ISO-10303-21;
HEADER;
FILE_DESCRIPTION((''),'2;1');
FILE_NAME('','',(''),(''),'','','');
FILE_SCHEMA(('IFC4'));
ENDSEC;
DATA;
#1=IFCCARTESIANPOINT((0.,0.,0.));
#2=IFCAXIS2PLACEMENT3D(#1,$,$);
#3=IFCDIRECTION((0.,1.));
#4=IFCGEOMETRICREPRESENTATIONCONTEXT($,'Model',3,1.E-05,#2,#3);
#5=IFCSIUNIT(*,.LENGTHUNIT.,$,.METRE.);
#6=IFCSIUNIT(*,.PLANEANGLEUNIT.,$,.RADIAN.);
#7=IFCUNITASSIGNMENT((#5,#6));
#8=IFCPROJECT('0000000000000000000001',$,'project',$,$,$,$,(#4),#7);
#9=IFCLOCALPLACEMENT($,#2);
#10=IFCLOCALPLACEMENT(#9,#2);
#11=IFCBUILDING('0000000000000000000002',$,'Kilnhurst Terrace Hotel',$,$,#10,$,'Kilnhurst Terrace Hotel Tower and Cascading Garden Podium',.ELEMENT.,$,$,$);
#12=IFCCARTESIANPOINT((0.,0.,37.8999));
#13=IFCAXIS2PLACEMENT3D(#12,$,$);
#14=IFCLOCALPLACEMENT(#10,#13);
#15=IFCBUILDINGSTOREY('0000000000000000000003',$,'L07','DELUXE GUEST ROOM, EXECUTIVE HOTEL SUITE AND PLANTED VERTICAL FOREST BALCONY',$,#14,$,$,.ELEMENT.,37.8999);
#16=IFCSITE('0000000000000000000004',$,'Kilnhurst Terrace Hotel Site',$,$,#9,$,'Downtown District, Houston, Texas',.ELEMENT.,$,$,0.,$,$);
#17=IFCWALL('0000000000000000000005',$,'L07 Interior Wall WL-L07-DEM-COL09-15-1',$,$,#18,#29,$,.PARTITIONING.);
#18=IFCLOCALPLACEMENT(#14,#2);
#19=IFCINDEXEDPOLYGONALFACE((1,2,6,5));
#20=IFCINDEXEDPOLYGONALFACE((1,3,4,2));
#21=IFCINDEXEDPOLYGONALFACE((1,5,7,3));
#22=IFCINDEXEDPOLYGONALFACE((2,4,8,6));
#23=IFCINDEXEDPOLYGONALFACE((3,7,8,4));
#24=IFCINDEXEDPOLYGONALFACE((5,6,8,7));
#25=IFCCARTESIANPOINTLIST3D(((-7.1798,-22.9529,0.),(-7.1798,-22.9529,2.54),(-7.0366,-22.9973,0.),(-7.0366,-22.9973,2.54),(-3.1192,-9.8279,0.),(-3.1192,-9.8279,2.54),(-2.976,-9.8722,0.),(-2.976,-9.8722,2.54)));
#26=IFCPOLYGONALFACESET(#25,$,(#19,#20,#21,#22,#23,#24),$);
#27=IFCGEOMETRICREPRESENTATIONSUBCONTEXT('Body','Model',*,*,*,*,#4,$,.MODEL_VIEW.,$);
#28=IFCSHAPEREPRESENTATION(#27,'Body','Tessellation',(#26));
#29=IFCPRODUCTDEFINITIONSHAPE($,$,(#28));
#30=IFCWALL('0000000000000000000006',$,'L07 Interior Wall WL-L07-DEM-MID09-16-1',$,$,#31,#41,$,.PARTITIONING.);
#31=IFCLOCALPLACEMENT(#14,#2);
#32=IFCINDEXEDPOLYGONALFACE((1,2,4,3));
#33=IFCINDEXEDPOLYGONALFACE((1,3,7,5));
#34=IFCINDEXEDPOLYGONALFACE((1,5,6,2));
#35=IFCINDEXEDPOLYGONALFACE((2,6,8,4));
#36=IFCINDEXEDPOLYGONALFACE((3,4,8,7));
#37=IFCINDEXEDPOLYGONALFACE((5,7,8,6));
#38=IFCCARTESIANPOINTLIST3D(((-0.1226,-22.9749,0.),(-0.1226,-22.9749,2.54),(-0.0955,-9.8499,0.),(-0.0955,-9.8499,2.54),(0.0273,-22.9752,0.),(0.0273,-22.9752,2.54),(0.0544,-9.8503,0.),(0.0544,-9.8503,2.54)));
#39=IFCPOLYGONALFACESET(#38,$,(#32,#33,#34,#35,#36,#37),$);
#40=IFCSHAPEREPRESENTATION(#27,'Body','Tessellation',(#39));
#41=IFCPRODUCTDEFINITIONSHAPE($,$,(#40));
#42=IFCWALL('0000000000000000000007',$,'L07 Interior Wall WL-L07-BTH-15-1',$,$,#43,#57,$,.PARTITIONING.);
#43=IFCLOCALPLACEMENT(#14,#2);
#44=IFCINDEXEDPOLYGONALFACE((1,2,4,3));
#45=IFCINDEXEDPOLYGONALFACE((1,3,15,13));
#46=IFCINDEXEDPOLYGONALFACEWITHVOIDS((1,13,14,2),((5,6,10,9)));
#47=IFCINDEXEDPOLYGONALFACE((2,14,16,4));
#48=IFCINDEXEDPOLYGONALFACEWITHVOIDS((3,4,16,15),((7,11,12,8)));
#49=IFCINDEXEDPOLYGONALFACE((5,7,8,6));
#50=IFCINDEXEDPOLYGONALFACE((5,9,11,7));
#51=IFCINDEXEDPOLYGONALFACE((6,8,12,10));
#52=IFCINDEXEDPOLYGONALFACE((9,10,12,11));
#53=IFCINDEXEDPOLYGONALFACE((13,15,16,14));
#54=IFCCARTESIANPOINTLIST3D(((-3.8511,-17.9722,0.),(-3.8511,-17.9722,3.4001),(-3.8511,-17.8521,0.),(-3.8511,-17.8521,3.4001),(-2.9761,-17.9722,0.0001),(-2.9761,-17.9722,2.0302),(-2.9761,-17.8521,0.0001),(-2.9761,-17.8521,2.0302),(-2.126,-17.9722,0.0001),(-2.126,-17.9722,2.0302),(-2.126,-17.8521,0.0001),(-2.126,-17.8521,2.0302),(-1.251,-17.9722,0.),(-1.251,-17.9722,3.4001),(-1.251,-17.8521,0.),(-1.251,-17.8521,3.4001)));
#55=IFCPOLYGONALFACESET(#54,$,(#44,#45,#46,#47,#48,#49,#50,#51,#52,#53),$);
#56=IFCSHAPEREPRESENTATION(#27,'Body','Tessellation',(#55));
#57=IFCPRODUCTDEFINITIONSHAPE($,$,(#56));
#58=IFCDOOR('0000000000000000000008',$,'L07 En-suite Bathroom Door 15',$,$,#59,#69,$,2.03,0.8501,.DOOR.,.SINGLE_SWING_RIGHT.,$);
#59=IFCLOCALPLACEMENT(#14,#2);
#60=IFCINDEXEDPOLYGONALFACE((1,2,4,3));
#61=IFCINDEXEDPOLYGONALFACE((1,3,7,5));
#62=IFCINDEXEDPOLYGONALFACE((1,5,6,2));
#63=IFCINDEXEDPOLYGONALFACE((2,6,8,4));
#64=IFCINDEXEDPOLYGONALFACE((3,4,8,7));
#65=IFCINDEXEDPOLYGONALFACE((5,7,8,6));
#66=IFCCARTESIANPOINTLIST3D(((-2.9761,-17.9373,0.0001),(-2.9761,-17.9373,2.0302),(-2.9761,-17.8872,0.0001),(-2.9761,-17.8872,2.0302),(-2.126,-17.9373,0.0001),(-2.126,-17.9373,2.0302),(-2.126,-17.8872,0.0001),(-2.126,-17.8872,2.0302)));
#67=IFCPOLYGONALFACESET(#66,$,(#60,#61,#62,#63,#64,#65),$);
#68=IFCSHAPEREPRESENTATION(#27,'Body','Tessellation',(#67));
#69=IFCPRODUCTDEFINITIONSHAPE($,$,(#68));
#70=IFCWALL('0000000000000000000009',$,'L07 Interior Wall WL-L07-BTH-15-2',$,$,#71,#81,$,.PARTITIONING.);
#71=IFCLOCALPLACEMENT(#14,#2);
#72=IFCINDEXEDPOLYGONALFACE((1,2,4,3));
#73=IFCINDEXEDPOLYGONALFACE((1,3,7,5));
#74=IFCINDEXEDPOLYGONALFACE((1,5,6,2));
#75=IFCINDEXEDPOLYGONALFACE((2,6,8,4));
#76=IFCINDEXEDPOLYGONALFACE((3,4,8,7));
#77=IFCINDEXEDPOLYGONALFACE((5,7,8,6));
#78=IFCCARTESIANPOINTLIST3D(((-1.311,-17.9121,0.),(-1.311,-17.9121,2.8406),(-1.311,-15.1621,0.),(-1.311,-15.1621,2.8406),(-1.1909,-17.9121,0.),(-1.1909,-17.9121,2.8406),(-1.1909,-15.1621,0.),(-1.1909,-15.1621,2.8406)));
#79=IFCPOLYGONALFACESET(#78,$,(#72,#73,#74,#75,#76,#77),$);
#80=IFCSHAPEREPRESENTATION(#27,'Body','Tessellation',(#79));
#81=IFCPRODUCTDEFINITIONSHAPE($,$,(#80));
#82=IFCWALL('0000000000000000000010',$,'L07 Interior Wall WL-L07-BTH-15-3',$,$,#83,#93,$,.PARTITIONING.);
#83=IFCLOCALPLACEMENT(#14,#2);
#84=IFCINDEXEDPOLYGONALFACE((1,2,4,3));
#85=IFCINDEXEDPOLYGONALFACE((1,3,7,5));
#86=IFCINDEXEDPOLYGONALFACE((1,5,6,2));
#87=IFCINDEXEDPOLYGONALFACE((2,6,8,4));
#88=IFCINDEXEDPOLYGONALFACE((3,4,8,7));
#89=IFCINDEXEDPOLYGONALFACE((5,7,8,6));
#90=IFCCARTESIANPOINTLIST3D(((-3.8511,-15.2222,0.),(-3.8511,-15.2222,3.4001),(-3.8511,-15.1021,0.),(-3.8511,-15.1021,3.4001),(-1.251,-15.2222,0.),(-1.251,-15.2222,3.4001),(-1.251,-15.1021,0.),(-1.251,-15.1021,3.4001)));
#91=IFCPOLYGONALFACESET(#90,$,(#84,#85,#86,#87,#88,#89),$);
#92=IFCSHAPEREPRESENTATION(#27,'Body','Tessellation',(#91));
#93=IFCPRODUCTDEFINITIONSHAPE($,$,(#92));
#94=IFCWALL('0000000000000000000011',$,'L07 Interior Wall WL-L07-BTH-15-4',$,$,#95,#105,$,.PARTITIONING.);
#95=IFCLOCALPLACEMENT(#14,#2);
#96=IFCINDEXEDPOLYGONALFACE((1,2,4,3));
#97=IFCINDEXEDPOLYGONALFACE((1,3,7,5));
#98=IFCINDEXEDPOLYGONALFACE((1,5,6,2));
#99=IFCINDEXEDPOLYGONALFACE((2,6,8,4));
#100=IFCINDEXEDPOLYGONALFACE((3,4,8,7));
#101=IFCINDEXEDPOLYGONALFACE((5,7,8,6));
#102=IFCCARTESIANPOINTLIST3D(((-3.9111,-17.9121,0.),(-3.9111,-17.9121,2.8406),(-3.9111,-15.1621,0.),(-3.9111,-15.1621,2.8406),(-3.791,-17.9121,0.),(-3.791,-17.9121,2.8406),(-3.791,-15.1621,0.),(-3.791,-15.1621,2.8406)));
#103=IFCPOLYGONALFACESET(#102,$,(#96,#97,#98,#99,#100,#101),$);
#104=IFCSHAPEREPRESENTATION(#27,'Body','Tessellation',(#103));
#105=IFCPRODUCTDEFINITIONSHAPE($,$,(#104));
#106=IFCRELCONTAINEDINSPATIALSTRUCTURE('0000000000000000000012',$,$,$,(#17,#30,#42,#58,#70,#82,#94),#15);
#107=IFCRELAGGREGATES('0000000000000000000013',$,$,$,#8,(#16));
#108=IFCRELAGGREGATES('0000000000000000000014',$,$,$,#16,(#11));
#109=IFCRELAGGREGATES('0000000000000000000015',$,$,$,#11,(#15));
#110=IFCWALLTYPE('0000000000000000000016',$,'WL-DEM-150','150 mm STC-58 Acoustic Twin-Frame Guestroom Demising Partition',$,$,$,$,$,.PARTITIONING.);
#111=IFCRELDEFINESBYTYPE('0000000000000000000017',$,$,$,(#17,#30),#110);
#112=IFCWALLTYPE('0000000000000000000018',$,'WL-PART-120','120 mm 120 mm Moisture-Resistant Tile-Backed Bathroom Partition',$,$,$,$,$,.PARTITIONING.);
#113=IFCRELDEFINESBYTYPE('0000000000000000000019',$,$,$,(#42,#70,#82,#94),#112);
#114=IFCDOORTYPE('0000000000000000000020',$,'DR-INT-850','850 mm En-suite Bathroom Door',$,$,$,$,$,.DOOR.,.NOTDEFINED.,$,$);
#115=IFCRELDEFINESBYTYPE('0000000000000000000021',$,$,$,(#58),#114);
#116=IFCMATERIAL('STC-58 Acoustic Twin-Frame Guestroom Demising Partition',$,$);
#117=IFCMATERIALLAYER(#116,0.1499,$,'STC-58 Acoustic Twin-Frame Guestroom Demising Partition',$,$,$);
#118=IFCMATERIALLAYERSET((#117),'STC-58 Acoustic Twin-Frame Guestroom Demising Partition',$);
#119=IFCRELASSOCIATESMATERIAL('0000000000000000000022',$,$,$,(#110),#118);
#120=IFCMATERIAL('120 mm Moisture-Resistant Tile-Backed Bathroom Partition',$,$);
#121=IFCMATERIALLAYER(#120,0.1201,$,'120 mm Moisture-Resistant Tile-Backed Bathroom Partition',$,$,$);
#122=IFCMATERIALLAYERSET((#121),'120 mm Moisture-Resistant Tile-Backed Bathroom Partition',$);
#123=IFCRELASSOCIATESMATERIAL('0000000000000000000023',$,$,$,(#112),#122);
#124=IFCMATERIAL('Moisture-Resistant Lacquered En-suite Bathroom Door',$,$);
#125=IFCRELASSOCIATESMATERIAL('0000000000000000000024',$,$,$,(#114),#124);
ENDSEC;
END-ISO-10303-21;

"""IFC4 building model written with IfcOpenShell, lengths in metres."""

from ifc_helpers import new_model, si_unit, direction, frame, frame_2d, origin, place, context, subcontext, project, spatial, rectangle, extrude, material, layer, layer_set, type_object, element, fill, save


model = new_model("IFC4")

# Units and contexts
model_context = context("Model", 3, precision=1e-05, world=origin(), true_north=direction((0.0, 1.0)))
body_context = subcontext(model_context, "Body", "Model", "MODEL_VIEW")
ifc_project = project(units=[si_unit("LENGTHUNIT", "METRE"), si_unit("PLANEANGLEUNIT", "RADIAN")], contexts=[model_context])

# Site, building, storey
site_placement = place(None, origin())
site = spatial("IfcSite", under=ifc_project, at=site_placement, Name="Kilnhurst Terrace Hotel Site", LongName="Downtown District, Houston, Texas", CompositionType="ELEMENT", RefElevation=0.0)
building_placement = place(site_placement, origin())
building = spatial("IfcBuilding", under=site, at=building_placement, Name="Kilnhurst Terrace Hotel", LongName="Kilnhurst Terrace Hotel Tower and Cascading Garden Podium", CompositionType="ELEMENT")
storey_placement = place(building_placement, frame((0.0, 0.0, 37.8999)))
storey = spatial("IfcBuildingStorey", under=building, at=storey_placement, Name="L07", Description="DELUXE GUEST ROOM, EXECUTIVE HOTEL SUITE AND PLANTED VERTICAL FOREST BALCONY", CompositionType="ELEMENT", Elevation=37.8999)

# Walls
ifc_material_1 = material(Name="STC-58 Acoustic Twin-Frame Guestroom Demising Partition")
ifc_layer_1 = layer(ifc_material_1, 0.1499, Name="STC-58 Acoustic Twin-Frame Guestroom Demising Partition")
ifc_layer_set_1 = layer_set([ifc_layer_1], Name="STC-58 Acoustic Twin-Frame Guestroom Demising Partition")
wall_type_1 = type_object("IfcWallType", Name="WL-DEM-150", Description="150 mm STC-58 Acoustic Twin-Frame Guestroom Demising Partition", PredefinedType="PARTITIONING", material=ifc_layer_set_1)
wall_1_placement = place(storey_placement, frame((-3.0476, -9.8501, 0.0), z_axis=(0.0, 0.0, 1.0), x_axis=(-0.295554, -0.955326, 0.0)))
element("IfcWall", 1, at=wall_1_placement, inside=storey, type_object=wall_type_1, Name="L07 Interior Wall WL-L07-DEM-COL09-15-1", PredefinedType="PARTITIONING", context=body_context, shape_type="SweptSolid", body=[
    extrude(rectangle(XDim=13.7388, YDim=0.1499, at=frame_2d((6.8694, 0.0))), origin(), (0.0, 0.0, 1.0), 2.54),
])
wall_2_placement = place(storey_placement, frame((-0.0205, -9.8501, 0.0), z_axis=(0.0, 0.0, 1.0), x_axis=(-0.002065, -0.999998, 0.0)))
element("IfcWall", 2, at=wall_2_placement, inside=storey, type_object=wall_type_1, Name="L07 Interior Wall WL-L07-DEM-MID09-16-1", PredefinedType="PARTITIONING", context=body_context, shape_type="SweptSolid", body=[
    extrude(rectangle(XDim=13.125, YDim=0.1499, at=frame_2d((6.5625, 0.0))), origin(), (0.0, 0.0, 1.0), 2.54),
])

# Wall, opening, door
ifc_material_2 = material(Name="120 mm Moisture-Resistant Tile-Backed Bathroom Partition")
ifc_layer_2 = layer(ifc_material_2, 0.1201, Name="120 mm Moisture-Resistant Tile-Backed Bathroom Partition")
ifc_layer_set_2 = layer_set([ifc_layer_2], Name="120 mm Moisture-Resistant Tile-Backed Bathroom Partition")
wall_type_2 = type_object("IfcWallType", Name="WL-PART-120", Description="120 mm 120 mm Moisture-Resistant Tile-Backed Bathroom Partition", PredefinedType="PARTITIONING", material=ifc_layer_set_2)
wall_3_placement = place(storey_placement, frame((-3.8511, -17.9121, 0.0), z_axis=(0.0, 0.0, 1.0), x_axis=(1.0, 0.0, 0.0)))
wall_3 = element("IfcWall", 3, at=wall_3_placement, inside=storey, type_object=wall_type_2, Name="L07 Interior Wall WL-L07-BTH-15-1", PredefinedType="PARTITIONING", context=body_context, shape_type="SweptSolid", body=[
    extrude(rectangle(XDim=2.6001, YDim=0.1201, at=frame_2d((1.3, 0.0))), origin(), (0.0, 0.0, 1.0), 3.4001),
])
opening_placement = place(wall_3_placement, frame((0.875, 0.0, 0.0)))
opening = element("IfcOpeningElement", 4, at=opening_placement, cuts=wall_3, PredefinedType="OPENING", context=body_context, shape_type="SweptSolid", body=[
    extrude(rectangle(XDim=0.8501, YDim=2.03, at=frame_2d((0.425, 1.0151))), frame((0.0, 0.0701, 0.0), z_axis=(0.0, -1.0, 0.0), x_axis=(1.0, 0.0, 0.0)), (0.0, 0.0, 1.0), 0.1401),
])
ifc_material_3 = material(Name="Moisture-Resistant Lacquered En-suite Bathroom Door")
door_type = type_object("IfcDoorType", Name="DR-INT-850", Description="850 mm En-suite Bathroom Door", OperationType="NOTDEFINED", PredefinedType="DOOR", material=ifc_material_3)
door_placement = place(opening_placement, origin())
door = element("IfcDoor", 5, at=door_placement, inside=storey, type_object=door_type, Name="L07 En-suite Bathroom Door 15", OperationType="SINGLE_SWING_RIGHT", OverallHeight=2.03, OverallWidth=0.8501, PredefinedType="DOOR", context=body_context, shape_type="SweptSolid", body=[
    extrude(rectangle(XDim=0.8501, YDim=2.03, at=frame_2d((0.425, 1.0151))), frame((0.0, 0.0249, 0.0), z_axis=(0.0, -1.0, 0.0), x_axis=(1.0, 0.0, 0.0)), (0.0, 0.0, 1.0), 0.05),
])
fill(opening, door)

# Walls
wall_4_placement = place(storey_placement, frame((-1.251, -17.9121, 0.0), z_axis=(0.0, 0.0, 1.0), x_axis=(0.0, 1.0, 0.0)))
element("IfcWall", 6, at=wall_4_placement, inside=storey, type_object=wall_type_2, Name="L07 Interior Wall WL-L07-BTH-15-2", PredefinedType="PARTITIONING", context=body_context, shape_type="SweptSolid", body=[
    extrude(rectangle(XDim=2.75, YDim=0.1201, at=frame_2d((1.375, 0.0))), origin(), (0.0, 0.0, 1.0), 2.8406),
])
wall_5_placement = place(storey_placement, frame((-1.251, -15.1621, 0.0), z_axis=(0.0, 0.0, 1.0), x_axis=(-1.0, 0.0, 0.0)))
element("IfcWall", 7, at=wall_5_placement, inside=storey, type_object=wall_type_2, Name="L07 Interior Wall WL-L07-BTH-15-3", PredefinedType="PARTITIONING", context=body_context, shape_type="SweptSolid", body=[
    extrude(rectangle(XDim=2.6001, YDim=0.1201, at=frame_2d((1.3, 0.0))), origin(), (0.0, 0.0, 1.0), 3.4001),
])
wall_6_placement = place(storey_placement, frame((-3.8511, -15.1621, 0.0), z_axis=(0.0, 0.0, 1.0), x_axis=(0.0, -1.0, 0.0)))
element("IfcWall", 8, at=wall_6_placement, inside=storey, type_object=wall_type_2, Name="L07 Interior Wall WL-L07-BTH-15-4", PredefinedType="PARTITIONING", context=body_context, shape_type="SweptSolid", body=[
    extrude(rectangle(XDim=2.75, YDim=0.1201, at=frame_2d((1.375, 0.0))), origin(), (0.0, 0.0, 1.0), 2.8406),
])

save(model, "model.ifc")
